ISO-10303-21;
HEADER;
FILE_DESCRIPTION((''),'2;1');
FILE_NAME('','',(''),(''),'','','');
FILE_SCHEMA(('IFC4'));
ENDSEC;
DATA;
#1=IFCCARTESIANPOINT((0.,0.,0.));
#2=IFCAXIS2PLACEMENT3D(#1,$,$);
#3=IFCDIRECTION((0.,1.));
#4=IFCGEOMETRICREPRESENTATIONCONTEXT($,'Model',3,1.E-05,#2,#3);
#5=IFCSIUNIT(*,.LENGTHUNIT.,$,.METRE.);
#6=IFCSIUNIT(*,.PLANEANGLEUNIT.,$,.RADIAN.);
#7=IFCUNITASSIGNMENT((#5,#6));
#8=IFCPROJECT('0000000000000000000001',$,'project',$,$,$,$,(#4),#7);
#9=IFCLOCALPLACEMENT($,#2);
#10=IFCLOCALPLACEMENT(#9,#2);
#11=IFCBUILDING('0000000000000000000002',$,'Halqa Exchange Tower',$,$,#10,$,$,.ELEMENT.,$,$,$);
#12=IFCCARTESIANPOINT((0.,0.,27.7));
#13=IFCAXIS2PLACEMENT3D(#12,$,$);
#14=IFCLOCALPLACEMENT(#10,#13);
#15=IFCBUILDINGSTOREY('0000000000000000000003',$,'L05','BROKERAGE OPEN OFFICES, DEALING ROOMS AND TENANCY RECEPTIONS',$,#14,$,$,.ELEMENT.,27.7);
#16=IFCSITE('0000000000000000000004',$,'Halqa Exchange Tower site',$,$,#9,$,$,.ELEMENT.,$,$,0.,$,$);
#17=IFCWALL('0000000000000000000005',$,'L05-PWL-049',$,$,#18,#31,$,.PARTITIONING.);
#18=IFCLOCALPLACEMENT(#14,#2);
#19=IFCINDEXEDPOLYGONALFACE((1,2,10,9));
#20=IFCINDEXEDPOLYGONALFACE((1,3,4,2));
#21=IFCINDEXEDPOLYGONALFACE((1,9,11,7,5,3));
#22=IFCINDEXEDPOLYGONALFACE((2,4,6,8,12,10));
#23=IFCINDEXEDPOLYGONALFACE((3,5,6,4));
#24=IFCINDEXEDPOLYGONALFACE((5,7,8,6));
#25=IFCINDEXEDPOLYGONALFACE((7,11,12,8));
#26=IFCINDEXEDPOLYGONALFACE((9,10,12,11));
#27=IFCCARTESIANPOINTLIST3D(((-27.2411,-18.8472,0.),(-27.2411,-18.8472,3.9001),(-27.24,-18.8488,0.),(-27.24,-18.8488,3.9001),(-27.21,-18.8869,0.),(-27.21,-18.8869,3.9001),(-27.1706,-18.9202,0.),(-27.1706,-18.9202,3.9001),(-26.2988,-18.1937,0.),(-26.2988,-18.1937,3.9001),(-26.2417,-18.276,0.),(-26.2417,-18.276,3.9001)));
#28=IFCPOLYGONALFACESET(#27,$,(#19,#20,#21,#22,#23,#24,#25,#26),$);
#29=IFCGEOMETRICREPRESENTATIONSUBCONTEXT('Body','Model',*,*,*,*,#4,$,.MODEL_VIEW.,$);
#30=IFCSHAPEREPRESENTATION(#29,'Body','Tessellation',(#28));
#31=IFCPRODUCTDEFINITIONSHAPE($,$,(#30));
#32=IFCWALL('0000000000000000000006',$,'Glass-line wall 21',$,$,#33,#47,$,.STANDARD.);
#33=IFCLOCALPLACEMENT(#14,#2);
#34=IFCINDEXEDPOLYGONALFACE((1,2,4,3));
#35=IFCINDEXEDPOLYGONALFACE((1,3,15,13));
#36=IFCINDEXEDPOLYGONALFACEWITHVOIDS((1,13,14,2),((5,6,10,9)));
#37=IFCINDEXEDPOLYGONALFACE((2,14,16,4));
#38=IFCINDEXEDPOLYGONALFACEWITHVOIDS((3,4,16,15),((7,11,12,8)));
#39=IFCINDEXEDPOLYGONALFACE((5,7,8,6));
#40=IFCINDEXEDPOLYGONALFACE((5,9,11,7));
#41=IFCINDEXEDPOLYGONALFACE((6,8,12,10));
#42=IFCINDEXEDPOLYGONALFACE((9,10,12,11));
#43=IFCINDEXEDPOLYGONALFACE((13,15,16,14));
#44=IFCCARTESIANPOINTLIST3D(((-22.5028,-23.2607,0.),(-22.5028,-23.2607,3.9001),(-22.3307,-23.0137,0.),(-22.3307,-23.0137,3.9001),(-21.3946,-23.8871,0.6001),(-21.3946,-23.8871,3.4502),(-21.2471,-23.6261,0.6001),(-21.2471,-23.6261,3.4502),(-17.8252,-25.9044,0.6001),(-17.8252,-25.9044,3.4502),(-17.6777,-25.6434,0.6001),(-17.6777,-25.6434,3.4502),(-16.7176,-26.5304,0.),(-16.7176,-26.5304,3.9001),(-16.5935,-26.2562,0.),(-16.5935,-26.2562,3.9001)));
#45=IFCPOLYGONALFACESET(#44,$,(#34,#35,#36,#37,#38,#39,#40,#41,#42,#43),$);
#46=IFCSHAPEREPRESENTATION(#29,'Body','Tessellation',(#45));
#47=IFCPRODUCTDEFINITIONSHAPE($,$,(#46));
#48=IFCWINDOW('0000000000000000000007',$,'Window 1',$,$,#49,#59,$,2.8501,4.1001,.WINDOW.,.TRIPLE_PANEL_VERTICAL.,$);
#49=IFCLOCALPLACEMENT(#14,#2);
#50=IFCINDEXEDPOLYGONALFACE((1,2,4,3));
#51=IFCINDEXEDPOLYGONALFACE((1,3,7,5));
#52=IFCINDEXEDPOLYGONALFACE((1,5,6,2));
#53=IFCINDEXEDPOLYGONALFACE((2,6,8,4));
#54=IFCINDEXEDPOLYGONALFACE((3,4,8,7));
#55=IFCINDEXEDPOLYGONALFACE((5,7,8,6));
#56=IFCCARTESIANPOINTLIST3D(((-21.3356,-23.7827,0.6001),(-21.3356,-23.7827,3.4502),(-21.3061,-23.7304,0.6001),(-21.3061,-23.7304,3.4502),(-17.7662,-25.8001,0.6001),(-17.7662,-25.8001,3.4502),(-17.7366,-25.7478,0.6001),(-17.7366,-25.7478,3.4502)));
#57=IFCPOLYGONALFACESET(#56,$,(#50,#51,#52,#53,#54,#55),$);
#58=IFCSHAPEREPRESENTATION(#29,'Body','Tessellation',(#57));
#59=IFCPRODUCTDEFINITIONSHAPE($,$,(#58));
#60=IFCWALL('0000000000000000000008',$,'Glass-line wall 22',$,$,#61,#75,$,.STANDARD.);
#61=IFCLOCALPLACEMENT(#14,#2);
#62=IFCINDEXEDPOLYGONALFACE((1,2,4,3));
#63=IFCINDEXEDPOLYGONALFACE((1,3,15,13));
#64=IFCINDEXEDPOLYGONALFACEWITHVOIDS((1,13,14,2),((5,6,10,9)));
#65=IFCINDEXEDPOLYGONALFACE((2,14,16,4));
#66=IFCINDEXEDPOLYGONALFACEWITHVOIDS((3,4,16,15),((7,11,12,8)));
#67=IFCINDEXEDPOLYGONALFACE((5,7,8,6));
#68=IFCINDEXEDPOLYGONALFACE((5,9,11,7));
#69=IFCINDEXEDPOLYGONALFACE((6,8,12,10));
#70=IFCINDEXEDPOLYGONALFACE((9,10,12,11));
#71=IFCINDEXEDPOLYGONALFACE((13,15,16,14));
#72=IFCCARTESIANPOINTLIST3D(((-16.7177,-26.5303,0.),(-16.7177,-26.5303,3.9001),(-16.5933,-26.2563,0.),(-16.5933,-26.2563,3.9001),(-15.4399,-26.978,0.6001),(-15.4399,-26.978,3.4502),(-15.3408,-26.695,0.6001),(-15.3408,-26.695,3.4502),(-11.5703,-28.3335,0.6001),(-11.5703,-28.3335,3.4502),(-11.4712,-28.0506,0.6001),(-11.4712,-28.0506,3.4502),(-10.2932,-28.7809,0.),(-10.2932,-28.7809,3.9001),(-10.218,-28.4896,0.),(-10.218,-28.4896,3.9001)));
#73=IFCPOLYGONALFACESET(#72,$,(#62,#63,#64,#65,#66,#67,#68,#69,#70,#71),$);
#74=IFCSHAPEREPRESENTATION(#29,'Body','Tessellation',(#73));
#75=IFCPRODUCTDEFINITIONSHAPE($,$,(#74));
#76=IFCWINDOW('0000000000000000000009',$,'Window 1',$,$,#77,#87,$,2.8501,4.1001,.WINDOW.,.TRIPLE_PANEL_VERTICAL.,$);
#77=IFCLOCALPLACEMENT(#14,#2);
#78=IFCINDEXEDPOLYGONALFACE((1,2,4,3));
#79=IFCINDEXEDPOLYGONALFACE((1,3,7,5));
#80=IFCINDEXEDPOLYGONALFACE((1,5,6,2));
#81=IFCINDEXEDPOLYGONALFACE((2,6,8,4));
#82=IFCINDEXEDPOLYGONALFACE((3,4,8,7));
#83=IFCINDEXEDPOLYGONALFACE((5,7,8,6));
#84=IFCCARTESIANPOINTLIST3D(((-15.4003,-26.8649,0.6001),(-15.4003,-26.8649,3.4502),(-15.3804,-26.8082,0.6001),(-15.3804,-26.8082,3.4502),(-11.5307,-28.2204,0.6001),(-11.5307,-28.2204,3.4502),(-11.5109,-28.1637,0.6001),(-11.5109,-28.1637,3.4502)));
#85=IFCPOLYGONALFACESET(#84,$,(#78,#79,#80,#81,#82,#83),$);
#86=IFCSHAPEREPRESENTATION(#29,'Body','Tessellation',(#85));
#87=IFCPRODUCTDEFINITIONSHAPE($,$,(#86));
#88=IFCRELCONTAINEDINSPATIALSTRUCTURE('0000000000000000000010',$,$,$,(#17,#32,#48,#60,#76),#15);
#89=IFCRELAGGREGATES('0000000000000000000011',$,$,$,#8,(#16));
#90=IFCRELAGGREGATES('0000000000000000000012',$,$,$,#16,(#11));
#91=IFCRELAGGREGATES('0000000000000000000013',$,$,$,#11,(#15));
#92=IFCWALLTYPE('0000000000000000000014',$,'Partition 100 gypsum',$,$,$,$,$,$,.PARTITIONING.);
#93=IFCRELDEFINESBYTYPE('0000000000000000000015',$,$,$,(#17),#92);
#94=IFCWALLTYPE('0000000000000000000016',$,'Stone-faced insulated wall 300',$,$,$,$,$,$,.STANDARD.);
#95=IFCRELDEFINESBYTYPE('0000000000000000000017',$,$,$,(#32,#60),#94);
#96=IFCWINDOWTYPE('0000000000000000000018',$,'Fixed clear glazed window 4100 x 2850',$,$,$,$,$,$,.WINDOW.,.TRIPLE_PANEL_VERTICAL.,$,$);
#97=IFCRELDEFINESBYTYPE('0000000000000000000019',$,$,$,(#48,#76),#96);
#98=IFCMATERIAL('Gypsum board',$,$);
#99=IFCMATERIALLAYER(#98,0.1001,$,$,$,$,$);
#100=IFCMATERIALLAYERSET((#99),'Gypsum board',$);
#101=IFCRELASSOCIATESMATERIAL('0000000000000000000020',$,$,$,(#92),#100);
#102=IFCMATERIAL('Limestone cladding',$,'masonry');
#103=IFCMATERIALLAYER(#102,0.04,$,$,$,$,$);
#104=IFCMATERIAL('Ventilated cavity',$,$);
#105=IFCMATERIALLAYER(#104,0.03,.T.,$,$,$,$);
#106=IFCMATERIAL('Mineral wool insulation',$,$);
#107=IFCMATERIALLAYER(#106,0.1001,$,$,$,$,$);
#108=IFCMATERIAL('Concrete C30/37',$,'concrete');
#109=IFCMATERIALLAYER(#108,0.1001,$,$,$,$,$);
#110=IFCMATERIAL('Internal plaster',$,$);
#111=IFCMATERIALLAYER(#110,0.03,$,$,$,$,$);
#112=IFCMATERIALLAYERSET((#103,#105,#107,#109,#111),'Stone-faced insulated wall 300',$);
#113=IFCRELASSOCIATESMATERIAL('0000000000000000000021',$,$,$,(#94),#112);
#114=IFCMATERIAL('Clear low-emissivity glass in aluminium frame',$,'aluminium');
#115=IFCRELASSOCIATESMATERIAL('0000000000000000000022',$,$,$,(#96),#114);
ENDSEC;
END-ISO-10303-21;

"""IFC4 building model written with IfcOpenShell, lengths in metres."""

from ifc_helpers import new_model, si_unit, direction, frame, frame_2d, origin, place, context, subcontext, project, spatial, polyline, rectangle, outline, extrude, material, layer, layer_set, type_object, element, fill, save


model = new_model("IFC4")

# Units and contexts
model_context = context("Model", 3, precision=1e-05, world=origin(), true_north=direction((0.0, 1.0)))
body_context = subcontext(model_context, "Body", "Model", "MODEL_VIEW")
ifc_project = project(units=[si_unit("LENGTHUNIT", "METRE"), si_unit("PLANEANGLEUNIT", "RADIAN")], contexts=[model_context])

# Site, building, storey
site_placement = place(None, origin())
site = spatial("IfcSite", under=ifc_project, at=site_placement, Name="Halqa Exchange Tower site", CompositionType="ELEMENT", RefElevation=0.0)
building_placement = place(site_placement, origin())
building = spatial("IfcBuilding", under=site, at=building_placement, Name="Halqa Exchange Tower", CompositionType="ELEMENT")
storey_placement = place(building_placement, frame((0.0, 0.0, 27.7)))
storey = spatial("IfcBuildingStorey", under=building, at=storey_placement, Name="L05", Description="BROKERAGE OPEN OFFICES, DEALING ROOMS AND TENANCY RECEPTIONS", CompositionType="ELEMENT", Elevation=27.7)

# Shared definitions
ifc_material_1 = material(Name="Gypsum board")
ifc_layer_1 = layer(ifc_material_1, 0.1001)
ifc_layer_set_1 = layer_set([ifc_layer_1], Name="Gypsum board")
wall_type_1 = type_object("IfcWallType", Name="Partition 100 gypsum", PredefinedType="PARTITIONING", material=ifc_layer_set_1)

# Wall
wall_1_placement = place(storey_placement, frame((-26.2703, -18.2349, 0.0), z_axis=(0.0, 0.0, 1.0), x_axis=(-0.821724, -0.569885, 0.0)))
element("IfcWall", 1, at=wall_1_placement, inside=storey, type_object=wall_type_1, Name="L05-PWL-049", PredefinedType="PARTITIONING", context=body_context, shape_type="SweptSolid", body=[
    extrude(outline(polyline([(1.1467, -0.05), (1.1467, -0.0481), (1.1438, 0.0002), (1.1304, 0.05), (0.0, 0.05), (0.0, -0.05), (1.1467, -0.05)])), origin(), (0.0, 0.0, 1.0), 3.9001),
])

# Shared definitions
ifc_material_2 = material(Name="Limestone cladding", Category="masonry")
ifc_layer_2 = layer(ifc_material_2, 0.04)
ifc_material_3 = material(Name="Ventilated cavity")
ifc_layer_3 = layer(ifc_material_3, 0.03, ventilated=True)
ifc_material_4 = material(Name="Mineral wool insulation")
ifc_layer_4 = layer(ifc_material_4, 0.1001)
ifc_material_5 = material(Name="Concrete C30/37", Category="concrete")
ifc_layer_5 = layer(ifc_material_5, 0.1001)
ifc_material_6 = material(Name="Internal plaster")
ifc_layer_6 = layer(ifc_material_6, 0.03)
ifc_layer_set_2 = layer_set([ifc_layer_2, ifc_layer_3, ifc_layer_4, ifc_layer_5, ifc_layer_6], Name="Stone-faced insulated wall 300")
wall_type_2 = type_object("IfcWallType", Name="Stone-faced insulated wall 300", PredefinedType="STANDARD", material=ifc_layer_set_2)
ifc_material_7 = material(Name="Clear low-emissivity glass in aluminium frame", Category="aluminium")

# Walls, openings, windows
wall_2_placement = place(storey_placement, frame((-22.4167, -23.1372, 0.0), z_axis=(0.0, 0.0, 1.0), x_axis=(0.870579, -0.492029, 0.0)))
wall_2 = element("IfcWall", 2, at=wall_2_placement, inside=storey, type_object=wall_type_2, Name="Glass-line wall 21", PredefinedType="STANDARD", context=body_context, shape_type="SweptSolid", body=[
    extrude(outline(polyline([(-0.0142, -0.1499), (6.6311, -0.1499), (6.6042, 0.1499), (0.0142, 0.1499), (-0.0142, -0.1499)])), origin(), (0.0, 0.0, 1.0), 3.9001),
])
opening_1_placement = place(wall_2_placement, frame((1.2588, 0.0, 0.6001)))
opening_1 = element("IfcOpeningElement", 3, at=opening_1_placement, cuts=wall_2, PredefinedType="OPENING", context=body_context, shape_type="SweptSolid", body=[
    extrude(rectangle(XDim=4.1001, YDim=2.8501, at=frame_2d((2.05, 1.425))), frame((0.0, 0.1621, 0.0), z_axis=(0.0, -1.0, 0.0), x_axis=(1.0, 0.0, 0.0)), (0.0, 0.0, 1.0), 0.324),
])
window_type = type_object("IfcWindowType", Name="Fixed clear glazed window 4100 x 2850", PartitioningType="TRIPLE_PANEL_VERTICAL", PredefinedType="WINDOW", material=ifc_material_7)
window_1_placement = place(opening_1_placement, origin())
window_1 = element("IfcWindow", 4, at=window_1_placement, inside=storey, type_object=window_type, Name="Window 1", OverallHeight=2.8501, OverallWidth=4.1001, PartitioningType="TRIPLE_PANEL_VERTICAL", PredefinedType="WINDOW", context=body_context, shape_type="SweptSolid", body=[
    extrude(rectangle(XDim=4.1001, YDim=2.8501, at=frame_2d((2.05, 1.425))), frame((0.0, 0.03, 0.0), z_axis=(0.0, -1.0, 0.0), x_axis=(1.0, 0.0, 0.0)), (0.0, 0.0, 1.0), 0.0601),
])
fill(opening_1, window_1)
wall_3_placement = place(storey_placement, frame((-16.6555, -26.3933, 0.0), z_axis=(0.0, 0.0, 1.0), x_axis=(0.943767, -0.33061, 0.0)))
wall_3 = element("IfcWall", 5, at=wall_3_placement, inside=storey, type_object=wall_type_2, Name="Glass-line wall 22", PredefinedType="STANDARD", context=body_context, shape_type="SweptSolid", body=[
    extrude(outline(polyline([(-0.0134, -0.1499), (6.7939, -0.1499), (6.7686, 0.1499), (0.0134, 0.1499), (-0.0134, -0.1499)])), origin(), (0.0, 0.0, 1.0), 3.9001),
])
opening_2_placement = place(wall_3_placement, frame((1.3406, 0.0, 0.6001)))
opening_2 = element("IfcOpeningElement", 6, at=opening_2_placement, cuts=wall_3, PredefinedType="OPENING", context=body_context, shape_type="SweptSolid", body=[
    extrude(rectangle(XDim=4.1001, YDim=2.8501, at=frame_2d((2.05, 1.425))), frame((0.0, 0.1621, 0.0), z_axis=(0.0, -1.0, 0.0), x_axis=(1.0, 0.0, 0.0)), (0.0, 0.0, 1.0), 0.324),
])
window_2_placement = place(opening_2_placement, origin())
window_2 = element("IfcWindow", 7, at=window_2_placement, inside=storey, type_object=window_type, Name="Window 1", OverallHeight=2.8501, OverallWidth=4.1001, PartitioningType="TRIPLE_PANEL_VERTICAL", PredefinedType="WINDOW", context=body_context, shape_type="SweptSolid", body=[
    extrude(rectangle(XDim=4.1001, YDim=2.8501, at=frame_2d((2.05, 1.425))), frame((0.0, 0.03, 0.0), z_axis=(0.0, -1.0, 0.0), x_axis=(1.0, 0.0, 0.0)), (0.0, 0.0, 1.0), 0.0601),
])
fill(opening_2, window_2)

save(model, "model.ifc")
